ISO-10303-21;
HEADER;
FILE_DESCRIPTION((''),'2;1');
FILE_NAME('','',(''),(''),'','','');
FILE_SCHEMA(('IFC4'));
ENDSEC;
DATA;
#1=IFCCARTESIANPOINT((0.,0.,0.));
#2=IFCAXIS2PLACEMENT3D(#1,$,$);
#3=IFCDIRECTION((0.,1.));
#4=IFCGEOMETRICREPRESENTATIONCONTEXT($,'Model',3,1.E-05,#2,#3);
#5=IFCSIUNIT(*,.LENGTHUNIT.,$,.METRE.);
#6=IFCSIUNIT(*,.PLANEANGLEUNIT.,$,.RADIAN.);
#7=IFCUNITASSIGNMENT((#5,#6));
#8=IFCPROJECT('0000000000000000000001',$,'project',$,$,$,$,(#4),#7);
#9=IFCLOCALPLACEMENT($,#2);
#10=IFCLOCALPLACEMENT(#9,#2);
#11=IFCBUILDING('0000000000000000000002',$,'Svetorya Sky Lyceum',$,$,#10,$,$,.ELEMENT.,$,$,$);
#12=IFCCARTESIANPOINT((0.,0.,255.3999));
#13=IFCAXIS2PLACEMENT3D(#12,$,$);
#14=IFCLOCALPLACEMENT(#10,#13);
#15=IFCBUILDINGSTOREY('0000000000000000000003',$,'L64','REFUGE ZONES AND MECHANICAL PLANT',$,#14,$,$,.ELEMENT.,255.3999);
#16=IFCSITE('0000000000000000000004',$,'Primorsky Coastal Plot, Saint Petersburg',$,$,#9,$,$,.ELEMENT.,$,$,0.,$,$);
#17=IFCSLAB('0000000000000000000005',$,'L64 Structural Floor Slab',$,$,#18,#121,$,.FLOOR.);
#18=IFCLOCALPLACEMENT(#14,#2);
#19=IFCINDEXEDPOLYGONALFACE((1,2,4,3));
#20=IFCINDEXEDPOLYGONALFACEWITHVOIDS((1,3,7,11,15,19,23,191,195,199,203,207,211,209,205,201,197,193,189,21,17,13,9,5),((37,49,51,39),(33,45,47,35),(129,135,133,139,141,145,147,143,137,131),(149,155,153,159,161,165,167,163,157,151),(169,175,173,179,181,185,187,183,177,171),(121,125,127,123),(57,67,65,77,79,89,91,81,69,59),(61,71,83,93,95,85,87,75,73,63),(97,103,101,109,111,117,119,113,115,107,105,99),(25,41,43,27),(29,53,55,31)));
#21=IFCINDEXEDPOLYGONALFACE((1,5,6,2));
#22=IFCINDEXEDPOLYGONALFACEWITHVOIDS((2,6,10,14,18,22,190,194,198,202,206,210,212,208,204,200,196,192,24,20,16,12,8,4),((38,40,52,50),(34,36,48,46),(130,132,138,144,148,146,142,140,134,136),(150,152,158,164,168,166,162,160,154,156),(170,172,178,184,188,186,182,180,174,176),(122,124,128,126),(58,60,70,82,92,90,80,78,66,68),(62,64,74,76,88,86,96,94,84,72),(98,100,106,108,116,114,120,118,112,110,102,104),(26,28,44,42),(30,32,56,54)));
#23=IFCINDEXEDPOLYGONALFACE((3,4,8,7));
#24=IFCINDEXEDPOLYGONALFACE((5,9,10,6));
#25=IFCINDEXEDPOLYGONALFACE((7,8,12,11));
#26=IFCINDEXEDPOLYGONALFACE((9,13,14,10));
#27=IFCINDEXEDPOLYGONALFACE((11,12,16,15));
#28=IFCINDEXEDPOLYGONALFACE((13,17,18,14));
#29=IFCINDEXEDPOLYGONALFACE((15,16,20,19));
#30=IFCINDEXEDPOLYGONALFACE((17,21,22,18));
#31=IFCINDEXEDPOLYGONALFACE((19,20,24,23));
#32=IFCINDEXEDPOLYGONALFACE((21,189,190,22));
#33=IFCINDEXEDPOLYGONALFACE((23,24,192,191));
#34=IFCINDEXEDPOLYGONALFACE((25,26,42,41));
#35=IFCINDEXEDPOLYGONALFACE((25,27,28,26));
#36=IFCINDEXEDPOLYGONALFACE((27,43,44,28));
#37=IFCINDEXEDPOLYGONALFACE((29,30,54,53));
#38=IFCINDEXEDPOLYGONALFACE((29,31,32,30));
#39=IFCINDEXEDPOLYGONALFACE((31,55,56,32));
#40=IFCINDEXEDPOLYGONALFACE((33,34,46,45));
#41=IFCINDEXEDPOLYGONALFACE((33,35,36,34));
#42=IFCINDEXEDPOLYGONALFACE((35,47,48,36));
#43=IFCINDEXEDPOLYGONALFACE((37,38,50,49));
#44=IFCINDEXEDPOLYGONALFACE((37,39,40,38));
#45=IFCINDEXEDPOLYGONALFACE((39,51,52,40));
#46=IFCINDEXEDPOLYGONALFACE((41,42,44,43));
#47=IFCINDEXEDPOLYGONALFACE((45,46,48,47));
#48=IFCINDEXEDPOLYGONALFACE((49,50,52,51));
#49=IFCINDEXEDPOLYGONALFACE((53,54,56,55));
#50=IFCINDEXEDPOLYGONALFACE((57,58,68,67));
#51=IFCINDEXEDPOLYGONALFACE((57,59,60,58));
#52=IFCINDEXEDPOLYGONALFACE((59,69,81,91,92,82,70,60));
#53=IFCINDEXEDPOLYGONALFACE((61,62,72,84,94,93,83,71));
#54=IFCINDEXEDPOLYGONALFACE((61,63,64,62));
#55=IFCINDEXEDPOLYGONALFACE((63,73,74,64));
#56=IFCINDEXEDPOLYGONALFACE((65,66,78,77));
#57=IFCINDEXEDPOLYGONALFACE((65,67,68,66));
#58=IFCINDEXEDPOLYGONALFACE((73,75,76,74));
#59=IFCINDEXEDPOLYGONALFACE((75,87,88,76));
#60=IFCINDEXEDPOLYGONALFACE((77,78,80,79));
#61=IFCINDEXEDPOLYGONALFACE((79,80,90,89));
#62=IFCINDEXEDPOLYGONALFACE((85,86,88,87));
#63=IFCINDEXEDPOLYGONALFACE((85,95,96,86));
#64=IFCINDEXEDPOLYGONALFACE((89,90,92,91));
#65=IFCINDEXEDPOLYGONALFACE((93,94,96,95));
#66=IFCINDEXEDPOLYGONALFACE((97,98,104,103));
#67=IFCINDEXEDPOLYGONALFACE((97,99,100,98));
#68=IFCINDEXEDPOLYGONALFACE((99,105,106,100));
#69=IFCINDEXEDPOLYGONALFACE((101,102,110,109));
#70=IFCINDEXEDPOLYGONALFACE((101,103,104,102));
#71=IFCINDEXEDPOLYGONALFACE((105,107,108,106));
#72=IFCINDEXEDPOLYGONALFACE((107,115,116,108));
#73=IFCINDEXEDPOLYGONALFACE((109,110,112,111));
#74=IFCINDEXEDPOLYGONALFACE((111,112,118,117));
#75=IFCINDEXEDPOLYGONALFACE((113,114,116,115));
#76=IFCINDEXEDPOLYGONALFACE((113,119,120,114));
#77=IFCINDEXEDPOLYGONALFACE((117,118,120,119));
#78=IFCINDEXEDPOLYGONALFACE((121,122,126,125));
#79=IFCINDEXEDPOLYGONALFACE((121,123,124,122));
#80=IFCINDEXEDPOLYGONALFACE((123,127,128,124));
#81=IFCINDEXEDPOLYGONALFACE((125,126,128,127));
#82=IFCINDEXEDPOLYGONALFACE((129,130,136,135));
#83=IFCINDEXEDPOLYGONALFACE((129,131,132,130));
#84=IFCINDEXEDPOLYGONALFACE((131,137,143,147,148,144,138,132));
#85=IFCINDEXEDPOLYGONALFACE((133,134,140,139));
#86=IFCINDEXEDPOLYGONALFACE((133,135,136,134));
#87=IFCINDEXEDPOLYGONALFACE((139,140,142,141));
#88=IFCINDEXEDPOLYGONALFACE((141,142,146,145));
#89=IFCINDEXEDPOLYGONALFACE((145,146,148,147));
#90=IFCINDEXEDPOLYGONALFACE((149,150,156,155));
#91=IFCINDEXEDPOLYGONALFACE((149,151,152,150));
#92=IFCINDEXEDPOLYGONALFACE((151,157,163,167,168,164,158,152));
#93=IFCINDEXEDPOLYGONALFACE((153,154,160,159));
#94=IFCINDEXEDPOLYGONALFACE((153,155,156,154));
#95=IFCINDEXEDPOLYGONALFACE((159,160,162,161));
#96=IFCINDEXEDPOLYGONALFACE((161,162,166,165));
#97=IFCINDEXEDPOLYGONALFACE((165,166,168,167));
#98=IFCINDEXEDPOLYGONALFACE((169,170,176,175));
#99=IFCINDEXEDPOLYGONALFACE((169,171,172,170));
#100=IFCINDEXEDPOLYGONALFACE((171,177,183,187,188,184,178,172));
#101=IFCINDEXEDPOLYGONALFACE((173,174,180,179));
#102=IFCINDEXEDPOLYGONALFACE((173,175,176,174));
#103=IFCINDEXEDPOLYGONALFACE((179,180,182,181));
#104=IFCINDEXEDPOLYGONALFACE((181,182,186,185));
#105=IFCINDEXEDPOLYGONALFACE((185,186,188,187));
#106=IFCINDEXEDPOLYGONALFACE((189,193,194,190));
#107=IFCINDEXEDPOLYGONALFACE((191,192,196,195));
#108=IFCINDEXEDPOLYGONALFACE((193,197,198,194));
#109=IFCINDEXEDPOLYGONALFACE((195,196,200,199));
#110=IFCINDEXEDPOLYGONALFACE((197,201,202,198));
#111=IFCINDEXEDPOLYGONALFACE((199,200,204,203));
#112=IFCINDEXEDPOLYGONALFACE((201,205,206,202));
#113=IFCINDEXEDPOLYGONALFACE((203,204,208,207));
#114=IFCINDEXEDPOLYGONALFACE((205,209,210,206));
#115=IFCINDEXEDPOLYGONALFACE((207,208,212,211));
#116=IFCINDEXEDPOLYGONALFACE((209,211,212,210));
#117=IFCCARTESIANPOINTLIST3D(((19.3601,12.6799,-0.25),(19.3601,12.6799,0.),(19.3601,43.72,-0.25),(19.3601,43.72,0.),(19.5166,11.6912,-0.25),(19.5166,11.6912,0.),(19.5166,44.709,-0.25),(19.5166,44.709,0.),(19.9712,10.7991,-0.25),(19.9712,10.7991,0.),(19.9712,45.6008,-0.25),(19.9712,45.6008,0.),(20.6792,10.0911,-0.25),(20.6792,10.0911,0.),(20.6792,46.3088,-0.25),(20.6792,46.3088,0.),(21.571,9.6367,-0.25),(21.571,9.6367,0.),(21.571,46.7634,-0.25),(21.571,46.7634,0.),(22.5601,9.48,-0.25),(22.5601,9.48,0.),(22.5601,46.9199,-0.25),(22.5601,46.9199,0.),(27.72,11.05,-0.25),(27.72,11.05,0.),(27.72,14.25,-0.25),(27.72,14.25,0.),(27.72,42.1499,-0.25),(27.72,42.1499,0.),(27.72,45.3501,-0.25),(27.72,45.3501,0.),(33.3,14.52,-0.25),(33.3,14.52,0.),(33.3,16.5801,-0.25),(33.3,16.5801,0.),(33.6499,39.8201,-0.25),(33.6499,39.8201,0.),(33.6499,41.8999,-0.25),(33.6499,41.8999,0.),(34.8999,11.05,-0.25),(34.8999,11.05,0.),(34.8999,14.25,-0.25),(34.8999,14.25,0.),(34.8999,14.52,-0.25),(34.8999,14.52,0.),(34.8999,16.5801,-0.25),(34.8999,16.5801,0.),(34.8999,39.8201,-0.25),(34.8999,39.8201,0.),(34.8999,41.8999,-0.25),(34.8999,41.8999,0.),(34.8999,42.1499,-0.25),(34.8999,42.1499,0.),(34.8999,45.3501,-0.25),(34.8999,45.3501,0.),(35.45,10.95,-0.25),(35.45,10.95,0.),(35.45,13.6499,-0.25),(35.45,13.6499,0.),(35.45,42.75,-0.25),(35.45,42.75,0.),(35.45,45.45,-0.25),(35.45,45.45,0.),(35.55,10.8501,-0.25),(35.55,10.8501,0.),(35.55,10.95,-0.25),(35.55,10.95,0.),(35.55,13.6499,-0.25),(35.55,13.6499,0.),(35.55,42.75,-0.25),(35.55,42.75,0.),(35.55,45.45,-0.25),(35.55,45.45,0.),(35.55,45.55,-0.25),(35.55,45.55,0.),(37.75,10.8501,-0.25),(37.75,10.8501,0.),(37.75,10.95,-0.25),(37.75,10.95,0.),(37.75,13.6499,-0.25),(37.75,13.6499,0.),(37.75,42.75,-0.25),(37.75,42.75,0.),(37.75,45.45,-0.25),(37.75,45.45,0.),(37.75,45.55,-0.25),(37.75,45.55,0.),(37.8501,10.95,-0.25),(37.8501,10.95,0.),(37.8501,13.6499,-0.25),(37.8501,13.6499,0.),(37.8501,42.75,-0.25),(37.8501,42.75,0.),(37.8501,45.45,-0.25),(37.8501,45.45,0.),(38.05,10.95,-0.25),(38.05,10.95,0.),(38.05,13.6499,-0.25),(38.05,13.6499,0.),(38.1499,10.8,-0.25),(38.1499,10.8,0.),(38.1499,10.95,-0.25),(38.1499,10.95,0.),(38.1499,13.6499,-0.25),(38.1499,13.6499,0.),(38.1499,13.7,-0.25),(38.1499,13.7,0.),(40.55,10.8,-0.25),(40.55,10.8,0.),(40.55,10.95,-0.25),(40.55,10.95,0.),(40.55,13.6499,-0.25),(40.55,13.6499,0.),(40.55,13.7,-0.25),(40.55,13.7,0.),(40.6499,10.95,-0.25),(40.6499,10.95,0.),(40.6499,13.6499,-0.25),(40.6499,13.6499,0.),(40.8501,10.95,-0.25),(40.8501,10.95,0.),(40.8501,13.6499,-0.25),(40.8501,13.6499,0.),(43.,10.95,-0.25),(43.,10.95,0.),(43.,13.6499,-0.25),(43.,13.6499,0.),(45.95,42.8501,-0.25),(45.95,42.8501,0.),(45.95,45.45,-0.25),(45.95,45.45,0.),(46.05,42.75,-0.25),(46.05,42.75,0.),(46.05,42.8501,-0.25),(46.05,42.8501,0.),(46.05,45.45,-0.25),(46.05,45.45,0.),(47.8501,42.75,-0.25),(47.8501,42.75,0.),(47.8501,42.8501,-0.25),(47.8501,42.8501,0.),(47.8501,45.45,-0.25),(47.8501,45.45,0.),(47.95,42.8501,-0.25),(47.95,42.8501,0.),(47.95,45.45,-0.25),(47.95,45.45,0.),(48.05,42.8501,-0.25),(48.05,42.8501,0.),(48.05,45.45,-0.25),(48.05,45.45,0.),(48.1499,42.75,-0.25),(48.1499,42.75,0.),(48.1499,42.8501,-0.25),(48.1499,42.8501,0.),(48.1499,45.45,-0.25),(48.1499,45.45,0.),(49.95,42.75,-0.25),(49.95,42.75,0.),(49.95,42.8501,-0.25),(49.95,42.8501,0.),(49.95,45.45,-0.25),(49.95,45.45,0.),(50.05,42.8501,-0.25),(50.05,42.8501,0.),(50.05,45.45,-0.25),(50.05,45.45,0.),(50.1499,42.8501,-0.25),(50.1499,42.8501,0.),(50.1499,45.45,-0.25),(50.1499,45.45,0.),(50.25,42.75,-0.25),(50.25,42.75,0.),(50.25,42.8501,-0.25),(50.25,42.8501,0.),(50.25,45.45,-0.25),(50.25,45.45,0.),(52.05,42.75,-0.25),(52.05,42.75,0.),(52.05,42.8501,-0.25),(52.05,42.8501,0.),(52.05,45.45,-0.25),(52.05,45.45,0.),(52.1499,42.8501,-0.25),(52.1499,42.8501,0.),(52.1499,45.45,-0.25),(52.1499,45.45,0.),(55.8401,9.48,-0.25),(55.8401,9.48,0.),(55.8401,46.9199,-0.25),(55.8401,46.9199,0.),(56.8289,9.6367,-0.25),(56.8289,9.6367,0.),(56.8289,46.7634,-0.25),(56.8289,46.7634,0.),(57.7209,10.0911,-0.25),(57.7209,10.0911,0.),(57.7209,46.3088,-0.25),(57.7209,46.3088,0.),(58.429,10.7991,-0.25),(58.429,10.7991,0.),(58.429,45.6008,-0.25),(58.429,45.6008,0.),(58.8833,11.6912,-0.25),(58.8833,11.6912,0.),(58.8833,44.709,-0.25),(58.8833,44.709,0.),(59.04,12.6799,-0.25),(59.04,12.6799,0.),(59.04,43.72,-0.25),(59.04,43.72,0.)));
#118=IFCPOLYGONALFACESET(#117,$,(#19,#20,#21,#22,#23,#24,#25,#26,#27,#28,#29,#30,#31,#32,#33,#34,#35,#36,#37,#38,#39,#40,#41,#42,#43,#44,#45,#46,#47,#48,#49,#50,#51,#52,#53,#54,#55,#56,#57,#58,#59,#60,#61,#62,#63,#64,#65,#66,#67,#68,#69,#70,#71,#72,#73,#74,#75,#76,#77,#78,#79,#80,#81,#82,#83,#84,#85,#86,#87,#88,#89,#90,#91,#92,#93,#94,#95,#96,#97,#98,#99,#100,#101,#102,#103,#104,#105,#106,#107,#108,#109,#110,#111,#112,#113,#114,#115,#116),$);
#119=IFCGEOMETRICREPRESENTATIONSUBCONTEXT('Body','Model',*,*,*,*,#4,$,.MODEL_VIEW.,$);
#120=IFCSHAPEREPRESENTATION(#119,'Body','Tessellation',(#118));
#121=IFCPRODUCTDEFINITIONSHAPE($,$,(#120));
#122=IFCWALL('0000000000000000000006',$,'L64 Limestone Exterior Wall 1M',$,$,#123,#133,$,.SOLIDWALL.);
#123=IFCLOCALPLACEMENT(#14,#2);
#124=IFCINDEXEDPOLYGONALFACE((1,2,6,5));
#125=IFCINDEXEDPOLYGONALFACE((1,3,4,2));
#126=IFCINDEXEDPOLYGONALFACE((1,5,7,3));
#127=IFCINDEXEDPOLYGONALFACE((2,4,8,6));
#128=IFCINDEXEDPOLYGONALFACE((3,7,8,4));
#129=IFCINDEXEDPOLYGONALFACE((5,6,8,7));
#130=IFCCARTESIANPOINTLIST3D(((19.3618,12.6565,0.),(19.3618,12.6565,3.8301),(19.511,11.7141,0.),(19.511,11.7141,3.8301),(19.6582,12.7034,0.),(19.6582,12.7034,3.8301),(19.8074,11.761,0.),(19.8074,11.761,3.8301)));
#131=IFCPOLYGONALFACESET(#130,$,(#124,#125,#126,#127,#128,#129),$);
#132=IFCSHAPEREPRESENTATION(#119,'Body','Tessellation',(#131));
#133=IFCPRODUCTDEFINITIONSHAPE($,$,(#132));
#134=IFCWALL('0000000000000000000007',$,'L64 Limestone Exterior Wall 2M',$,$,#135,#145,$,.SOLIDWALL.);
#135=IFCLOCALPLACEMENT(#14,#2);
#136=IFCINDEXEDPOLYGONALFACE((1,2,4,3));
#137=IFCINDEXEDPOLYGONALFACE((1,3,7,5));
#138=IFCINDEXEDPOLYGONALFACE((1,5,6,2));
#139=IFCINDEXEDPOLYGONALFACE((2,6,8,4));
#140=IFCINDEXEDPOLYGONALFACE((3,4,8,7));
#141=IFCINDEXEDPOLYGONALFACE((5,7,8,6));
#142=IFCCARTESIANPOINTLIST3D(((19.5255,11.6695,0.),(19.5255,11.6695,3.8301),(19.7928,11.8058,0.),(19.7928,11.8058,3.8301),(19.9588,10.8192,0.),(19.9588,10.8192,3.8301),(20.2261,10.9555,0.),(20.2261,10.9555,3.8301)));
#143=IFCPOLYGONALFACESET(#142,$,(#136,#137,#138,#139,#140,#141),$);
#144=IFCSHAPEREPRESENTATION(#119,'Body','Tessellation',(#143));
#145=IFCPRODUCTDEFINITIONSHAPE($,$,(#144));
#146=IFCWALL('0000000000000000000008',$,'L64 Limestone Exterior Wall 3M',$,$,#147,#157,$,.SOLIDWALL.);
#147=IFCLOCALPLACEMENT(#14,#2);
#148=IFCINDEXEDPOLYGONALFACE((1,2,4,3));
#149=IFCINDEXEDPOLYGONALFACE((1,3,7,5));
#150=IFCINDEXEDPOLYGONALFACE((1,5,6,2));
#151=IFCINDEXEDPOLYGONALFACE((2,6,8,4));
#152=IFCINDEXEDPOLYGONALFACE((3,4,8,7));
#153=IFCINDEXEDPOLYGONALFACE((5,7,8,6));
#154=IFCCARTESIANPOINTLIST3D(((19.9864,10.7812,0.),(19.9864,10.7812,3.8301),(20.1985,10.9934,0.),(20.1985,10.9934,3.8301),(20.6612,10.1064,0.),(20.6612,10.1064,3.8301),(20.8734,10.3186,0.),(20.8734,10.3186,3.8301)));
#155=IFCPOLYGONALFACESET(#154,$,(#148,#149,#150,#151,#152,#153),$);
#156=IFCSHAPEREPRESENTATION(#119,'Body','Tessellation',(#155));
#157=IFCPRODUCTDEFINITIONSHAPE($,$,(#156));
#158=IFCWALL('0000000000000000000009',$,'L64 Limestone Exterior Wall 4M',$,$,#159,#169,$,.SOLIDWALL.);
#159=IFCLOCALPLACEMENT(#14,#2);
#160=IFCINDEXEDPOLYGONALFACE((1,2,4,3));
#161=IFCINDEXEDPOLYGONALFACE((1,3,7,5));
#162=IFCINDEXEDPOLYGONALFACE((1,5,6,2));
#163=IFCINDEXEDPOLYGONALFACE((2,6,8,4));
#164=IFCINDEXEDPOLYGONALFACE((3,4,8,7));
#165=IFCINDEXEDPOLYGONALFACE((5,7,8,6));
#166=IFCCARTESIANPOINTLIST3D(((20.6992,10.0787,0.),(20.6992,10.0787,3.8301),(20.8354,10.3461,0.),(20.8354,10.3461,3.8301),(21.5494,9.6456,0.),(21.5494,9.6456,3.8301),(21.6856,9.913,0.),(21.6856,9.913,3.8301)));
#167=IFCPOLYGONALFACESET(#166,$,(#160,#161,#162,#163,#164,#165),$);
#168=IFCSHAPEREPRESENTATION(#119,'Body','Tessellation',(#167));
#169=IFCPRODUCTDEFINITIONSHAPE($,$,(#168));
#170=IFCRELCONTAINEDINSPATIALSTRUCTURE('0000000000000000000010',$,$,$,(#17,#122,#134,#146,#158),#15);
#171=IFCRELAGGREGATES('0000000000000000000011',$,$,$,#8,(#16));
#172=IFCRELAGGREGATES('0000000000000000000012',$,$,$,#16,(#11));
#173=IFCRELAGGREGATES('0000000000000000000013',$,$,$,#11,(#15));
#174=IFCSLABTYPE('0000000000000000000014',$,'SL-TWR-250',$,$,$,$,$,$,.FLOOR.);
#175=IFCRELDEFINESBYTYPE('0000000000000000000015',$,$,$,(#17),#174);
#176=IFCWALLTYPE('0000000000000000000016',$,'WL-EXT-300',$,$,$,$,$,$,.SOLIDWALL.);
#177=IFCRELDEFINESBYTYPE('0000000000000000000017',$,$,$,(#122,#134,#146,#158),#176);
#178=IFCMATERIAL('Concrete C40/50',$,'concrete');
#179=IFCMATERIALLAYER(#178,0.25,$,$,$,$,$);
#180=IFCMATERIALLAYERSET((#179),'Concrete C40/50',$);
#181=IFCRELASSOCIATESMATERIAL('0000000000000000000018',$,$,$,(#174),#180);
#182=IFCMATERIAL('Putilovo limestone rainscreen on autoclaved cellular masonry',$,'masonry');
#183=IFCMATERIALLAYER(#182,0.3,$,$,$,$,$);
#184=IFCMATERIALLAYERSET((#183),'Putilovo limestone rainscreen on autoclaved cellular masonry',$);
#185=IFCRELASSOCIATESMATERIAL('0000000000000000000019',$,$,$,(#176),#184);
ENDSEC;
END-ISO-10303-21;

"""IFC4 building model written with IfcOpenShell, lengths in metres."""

from ifc_helpers import new_model, si_unit, direction, frame, frame_2d, origin, place, context, subcontext, project, spatial, polyline, rectangle, outline, extrude, material, layer, layer_set, type_object, element, save


model = new_model("IFC4")

# Units and contexts
model_context = context("Model", 3, precision=1e-05, world=origin(), true_north=direction((0.0, 1.0)))
body_context = subcontext(model_context, "Body", "Model", "MODEL_VIEW")
ifc_project = project(units=[si_unit("LENGTHUNIT", "METRE"), si_unit("PLANEANGLEUNIT", "RADIAN")], contexts=[model_context])

# Site, building, storey
site_placement = place(None, origin())
site = spatial("IfcSite", under=ifc_project, at=site_placement, Name="Primorsky Coastal Plot, Saint Petersburg", CompositionType="ELEMENT", RefElevation=0.0)
building_placement = place(site_placement, origin())
building = spatial("IfcBuilding", under=site, at=building_placement, Name="Svetorya Sky Lyceum", CompositionType="ELEMENT")
storey_placement = place(building_placement, frame((0.0, 0.0, 255.3999)))
storey = spatial("IfcBuildingStorey", under=building, at=storey_placement, Name="L64", Description="REFUGE ZONES AND MECHANICAL PLANT", CompositionType="ELEMENT", Elevation=255.3999)

# Shared definitions
ifc_material_1 = material(Name="Concrete C40/50", Category="concrete")

# Slab
ifc_layer_1 = layer(ifc_material_1, 0.25)
ifc_layer_set_1 = layer_set([ifc_layer_1], Name="Concrete C40/50")
slab_type_1 = type_object("IfcSlabType", Name="SL-TWR-250", PredefinedType="FLOOR", material=ifc_layer_set_1)
slab_1_placement = place(storey_placement, frame((0.0, 0.0, -0.25)))
element("IfcSlab", 1, at=slab_1_placement, inside=storey, type_object=slab_type_1, Name="L64 Structural Floor Slab", PredefinedType="FLOOR", context=body_context, shape_type="SweptSolid", body=[
    extrude(outline(polyline([(19.3601, 12.6799), (19.5166, 11.6912), (19.9712, 10.7991), (20.6792, 10.0911), (21.571, 9.6367), (22.5601, 9.48), (55.8401, 9.48), (56.8289, 9.6367), (57.7209, 10.0911), (58.429, 10.7991), (58.8833, 11.6912), (59.04, 12.6799), (59.04, 43.72), (58.8833, 44.709), (58.429, 45.6008), (57.7209, 46.3088), (56.8289, 46.7634), (55.8401, 46.9199), (22.5601, 46.9199), (21.571, 46.7634), (20.6792, 46.3088), (19.9712, 45.6008), (19.5166, 44.709), (19.3601, 43.72), (19.3601, 12.6799)]), holes=[polyline([(37.8501, 10.95), (37.75, 10.95), (37.75, 10.8501), (35.55, 10.8501), (35.55, 10.95), (35.45, 10.95), (35.45, 13.6499), (35.55, 13.6499), (37.75, 13.6499), (37.8501, 13.6499), (37.8501, 10.95)]), polyline([(38.1499, 10.8), (38.1499, 10.95), (38.05, 10.95), (38.05, 13.6499), (38.1499, 13.6499), (38.1499, 13.7), (40.55, 13.7), (40.55, 13.6499), (40.6499, 13.6499), (40.6499, 10.95), (40.55, 10.95), (40.55, 10.8), (38.1499, 10.8)]), polyline([(27.72, 11.05), (27.72, 14.25), (34.8999, 14.25), (34.8999, 11.05), (27.72, 11.05)]), polyline([(33.3, 14.52), (33.3, 16.5801), (34.8999, 16.5801), (34.8999, 14.52), (33.3, 14.52)]), polyline([(33.6499, 39.8201), (33.6499, 41.8999), (34.8999, 41.8999), (34.8999, 39.8201), (33.6499, 39.8201)]), polyline([(27.72, 42.1499), (27.72, 45.3501), (34.8999, 45.3501), (34.8999, 42.1499), (27.72, 42.1499)]), polyline([(37.75, 42.75), (35.55, 42.75), (35.45, 42.75), (35.45, 45.45), (35.55, 45.45), (35.55, 45.55), (37.75, 45.55), (37.75, 45.45), (37.8501, 45.45), (37.8501, 42.75), (37.75, 42.75)]), polyline([(40.8501, 10.95), (40.8501, 13.6499), (43.0, 13.6499), (43.0, 10.95), (40.8501, 10.95)]), polyline([(46.05, 42.75), (46.05, 42.8501), (45.95, 42.8501), (45.95, 45.45), (46.05, 45.45), (47.8501, 45.45), (47.95, 45.45), (47.95, 42.8501), (47.8501, 42.8501), (47.8501, 42.75), (46.05, 42.75)]), polyline([(50.05, 42.8501), (49.95, 42.8501), (49.95, 42.75), (48.1499, 42.75), (48.1499, 42.8501), (48.05, 42.8501), (48.05, 45.45), (48.1499, 45.45), (49.95, 45.45), (50.05, 45.45), (50.05, 42.8501)]), polyline([(52.1499, 42.8501), (52.05, 42.8501), (52.05, 42.75), (50.25, 42.75), (50.25, 42.8501), (50.1499, 42.8501), (50.1499, 45.45), (50.25, 45.45), (52.05, 45.45), (52.1499, 45.45), (52.1499, 42.8501)])]), origin(), (0.0, 0.0, 1.0), 0.25),
])

# Walls
ifc_material_2 = material(Name="Putilovo limestone rainscreen on autoclaved cellular masonry", Category="masonry")
ifc_layer_2 = layer(ifc_material_2, 0.3)
ifc_layer_set_2 = layer_set([ifc_layer_2], Name="Putilovo limestone rainscreen on autoclaved cellular masonry")
wall_type_1 = type_object("IfcWallType", Name="WL-EXT-300", PredefinedType="SOLIDWALL", material=ifc_layer_set_2)
wall_1_placement = place(storey_placement, frame((19.51, 12.6799, 0.0), z_axis=(0.0, 0.0, 1.0), x_axis=(0.156344, -0.987703, 0.0)))
element("IfcWall", 2, at=wall_1_placement, inside=storey, type_object=wall_type_1, Name="L64 Limestone Exterior Wall 1M", PredefinedType="SOLIDWALL", context=body_context, shape_type="SweptSolid", body=[
    extrude(rectangle(XDim=0.9541, YDim=0.3, at=frame_2d((0.4771, 0.0))), origin(), (0.0, 0.0, 1.0), 3.8301),
])
for number, where, z_axis, x_axis, name in (
    (3, (19.6592, 11.7375, 0.0), (0.0, 0.0, 1.0), (0.454056, -0.890973, 0.0), "L64 Limestone Exterior Wall 2M"),
    (4, (20.0925, 10.8872, 0.0), (0.0, 0.0, 1.0), (0.707107, -0.707107, 0.0), "L64 Limestone Exterior Wall 3M"),
):
    element("IfcWall", number, at=place(storey_placement, frame(where, z_axis=z_axis, x_axis=x_axis)), inside=storey, type_object=wall_type_1, Name=name, PredefinedType="SOLIDWALL", context=body_context, shape_type="SweptSolid", body=[
        extrude(rectangle(XDim=0.9543, YDim=0.3, at=frame_2d((0.4771, 0.0))), origin(), (0.0, 0.0, 1.0), 3.8301),
    ])
wall_2_placement = place(storey_placement, frame((20.7673, 10.2124, 0.0), z_axis=(0.0, 0.0, 1.0), x_axis=(0.891024, -0.453956, 0.0)))
element("IfcWall", 5, at=wall_2_placement, inside=storey, type_object=wall_type_1, Name="L64 Limestone Exterior Wall 4M", PredefinedType="SOLIDWALL", context=body_context, shape_type="SweptSolid", body=[
    extrude(rectangle(XDim=0.9541, YDim=0.3, at=frame_2d((0.4771, 0.0))), origin(), (0.0, 0.0, 1.0), 3.8301),
])

save(model, "model.ifc")
